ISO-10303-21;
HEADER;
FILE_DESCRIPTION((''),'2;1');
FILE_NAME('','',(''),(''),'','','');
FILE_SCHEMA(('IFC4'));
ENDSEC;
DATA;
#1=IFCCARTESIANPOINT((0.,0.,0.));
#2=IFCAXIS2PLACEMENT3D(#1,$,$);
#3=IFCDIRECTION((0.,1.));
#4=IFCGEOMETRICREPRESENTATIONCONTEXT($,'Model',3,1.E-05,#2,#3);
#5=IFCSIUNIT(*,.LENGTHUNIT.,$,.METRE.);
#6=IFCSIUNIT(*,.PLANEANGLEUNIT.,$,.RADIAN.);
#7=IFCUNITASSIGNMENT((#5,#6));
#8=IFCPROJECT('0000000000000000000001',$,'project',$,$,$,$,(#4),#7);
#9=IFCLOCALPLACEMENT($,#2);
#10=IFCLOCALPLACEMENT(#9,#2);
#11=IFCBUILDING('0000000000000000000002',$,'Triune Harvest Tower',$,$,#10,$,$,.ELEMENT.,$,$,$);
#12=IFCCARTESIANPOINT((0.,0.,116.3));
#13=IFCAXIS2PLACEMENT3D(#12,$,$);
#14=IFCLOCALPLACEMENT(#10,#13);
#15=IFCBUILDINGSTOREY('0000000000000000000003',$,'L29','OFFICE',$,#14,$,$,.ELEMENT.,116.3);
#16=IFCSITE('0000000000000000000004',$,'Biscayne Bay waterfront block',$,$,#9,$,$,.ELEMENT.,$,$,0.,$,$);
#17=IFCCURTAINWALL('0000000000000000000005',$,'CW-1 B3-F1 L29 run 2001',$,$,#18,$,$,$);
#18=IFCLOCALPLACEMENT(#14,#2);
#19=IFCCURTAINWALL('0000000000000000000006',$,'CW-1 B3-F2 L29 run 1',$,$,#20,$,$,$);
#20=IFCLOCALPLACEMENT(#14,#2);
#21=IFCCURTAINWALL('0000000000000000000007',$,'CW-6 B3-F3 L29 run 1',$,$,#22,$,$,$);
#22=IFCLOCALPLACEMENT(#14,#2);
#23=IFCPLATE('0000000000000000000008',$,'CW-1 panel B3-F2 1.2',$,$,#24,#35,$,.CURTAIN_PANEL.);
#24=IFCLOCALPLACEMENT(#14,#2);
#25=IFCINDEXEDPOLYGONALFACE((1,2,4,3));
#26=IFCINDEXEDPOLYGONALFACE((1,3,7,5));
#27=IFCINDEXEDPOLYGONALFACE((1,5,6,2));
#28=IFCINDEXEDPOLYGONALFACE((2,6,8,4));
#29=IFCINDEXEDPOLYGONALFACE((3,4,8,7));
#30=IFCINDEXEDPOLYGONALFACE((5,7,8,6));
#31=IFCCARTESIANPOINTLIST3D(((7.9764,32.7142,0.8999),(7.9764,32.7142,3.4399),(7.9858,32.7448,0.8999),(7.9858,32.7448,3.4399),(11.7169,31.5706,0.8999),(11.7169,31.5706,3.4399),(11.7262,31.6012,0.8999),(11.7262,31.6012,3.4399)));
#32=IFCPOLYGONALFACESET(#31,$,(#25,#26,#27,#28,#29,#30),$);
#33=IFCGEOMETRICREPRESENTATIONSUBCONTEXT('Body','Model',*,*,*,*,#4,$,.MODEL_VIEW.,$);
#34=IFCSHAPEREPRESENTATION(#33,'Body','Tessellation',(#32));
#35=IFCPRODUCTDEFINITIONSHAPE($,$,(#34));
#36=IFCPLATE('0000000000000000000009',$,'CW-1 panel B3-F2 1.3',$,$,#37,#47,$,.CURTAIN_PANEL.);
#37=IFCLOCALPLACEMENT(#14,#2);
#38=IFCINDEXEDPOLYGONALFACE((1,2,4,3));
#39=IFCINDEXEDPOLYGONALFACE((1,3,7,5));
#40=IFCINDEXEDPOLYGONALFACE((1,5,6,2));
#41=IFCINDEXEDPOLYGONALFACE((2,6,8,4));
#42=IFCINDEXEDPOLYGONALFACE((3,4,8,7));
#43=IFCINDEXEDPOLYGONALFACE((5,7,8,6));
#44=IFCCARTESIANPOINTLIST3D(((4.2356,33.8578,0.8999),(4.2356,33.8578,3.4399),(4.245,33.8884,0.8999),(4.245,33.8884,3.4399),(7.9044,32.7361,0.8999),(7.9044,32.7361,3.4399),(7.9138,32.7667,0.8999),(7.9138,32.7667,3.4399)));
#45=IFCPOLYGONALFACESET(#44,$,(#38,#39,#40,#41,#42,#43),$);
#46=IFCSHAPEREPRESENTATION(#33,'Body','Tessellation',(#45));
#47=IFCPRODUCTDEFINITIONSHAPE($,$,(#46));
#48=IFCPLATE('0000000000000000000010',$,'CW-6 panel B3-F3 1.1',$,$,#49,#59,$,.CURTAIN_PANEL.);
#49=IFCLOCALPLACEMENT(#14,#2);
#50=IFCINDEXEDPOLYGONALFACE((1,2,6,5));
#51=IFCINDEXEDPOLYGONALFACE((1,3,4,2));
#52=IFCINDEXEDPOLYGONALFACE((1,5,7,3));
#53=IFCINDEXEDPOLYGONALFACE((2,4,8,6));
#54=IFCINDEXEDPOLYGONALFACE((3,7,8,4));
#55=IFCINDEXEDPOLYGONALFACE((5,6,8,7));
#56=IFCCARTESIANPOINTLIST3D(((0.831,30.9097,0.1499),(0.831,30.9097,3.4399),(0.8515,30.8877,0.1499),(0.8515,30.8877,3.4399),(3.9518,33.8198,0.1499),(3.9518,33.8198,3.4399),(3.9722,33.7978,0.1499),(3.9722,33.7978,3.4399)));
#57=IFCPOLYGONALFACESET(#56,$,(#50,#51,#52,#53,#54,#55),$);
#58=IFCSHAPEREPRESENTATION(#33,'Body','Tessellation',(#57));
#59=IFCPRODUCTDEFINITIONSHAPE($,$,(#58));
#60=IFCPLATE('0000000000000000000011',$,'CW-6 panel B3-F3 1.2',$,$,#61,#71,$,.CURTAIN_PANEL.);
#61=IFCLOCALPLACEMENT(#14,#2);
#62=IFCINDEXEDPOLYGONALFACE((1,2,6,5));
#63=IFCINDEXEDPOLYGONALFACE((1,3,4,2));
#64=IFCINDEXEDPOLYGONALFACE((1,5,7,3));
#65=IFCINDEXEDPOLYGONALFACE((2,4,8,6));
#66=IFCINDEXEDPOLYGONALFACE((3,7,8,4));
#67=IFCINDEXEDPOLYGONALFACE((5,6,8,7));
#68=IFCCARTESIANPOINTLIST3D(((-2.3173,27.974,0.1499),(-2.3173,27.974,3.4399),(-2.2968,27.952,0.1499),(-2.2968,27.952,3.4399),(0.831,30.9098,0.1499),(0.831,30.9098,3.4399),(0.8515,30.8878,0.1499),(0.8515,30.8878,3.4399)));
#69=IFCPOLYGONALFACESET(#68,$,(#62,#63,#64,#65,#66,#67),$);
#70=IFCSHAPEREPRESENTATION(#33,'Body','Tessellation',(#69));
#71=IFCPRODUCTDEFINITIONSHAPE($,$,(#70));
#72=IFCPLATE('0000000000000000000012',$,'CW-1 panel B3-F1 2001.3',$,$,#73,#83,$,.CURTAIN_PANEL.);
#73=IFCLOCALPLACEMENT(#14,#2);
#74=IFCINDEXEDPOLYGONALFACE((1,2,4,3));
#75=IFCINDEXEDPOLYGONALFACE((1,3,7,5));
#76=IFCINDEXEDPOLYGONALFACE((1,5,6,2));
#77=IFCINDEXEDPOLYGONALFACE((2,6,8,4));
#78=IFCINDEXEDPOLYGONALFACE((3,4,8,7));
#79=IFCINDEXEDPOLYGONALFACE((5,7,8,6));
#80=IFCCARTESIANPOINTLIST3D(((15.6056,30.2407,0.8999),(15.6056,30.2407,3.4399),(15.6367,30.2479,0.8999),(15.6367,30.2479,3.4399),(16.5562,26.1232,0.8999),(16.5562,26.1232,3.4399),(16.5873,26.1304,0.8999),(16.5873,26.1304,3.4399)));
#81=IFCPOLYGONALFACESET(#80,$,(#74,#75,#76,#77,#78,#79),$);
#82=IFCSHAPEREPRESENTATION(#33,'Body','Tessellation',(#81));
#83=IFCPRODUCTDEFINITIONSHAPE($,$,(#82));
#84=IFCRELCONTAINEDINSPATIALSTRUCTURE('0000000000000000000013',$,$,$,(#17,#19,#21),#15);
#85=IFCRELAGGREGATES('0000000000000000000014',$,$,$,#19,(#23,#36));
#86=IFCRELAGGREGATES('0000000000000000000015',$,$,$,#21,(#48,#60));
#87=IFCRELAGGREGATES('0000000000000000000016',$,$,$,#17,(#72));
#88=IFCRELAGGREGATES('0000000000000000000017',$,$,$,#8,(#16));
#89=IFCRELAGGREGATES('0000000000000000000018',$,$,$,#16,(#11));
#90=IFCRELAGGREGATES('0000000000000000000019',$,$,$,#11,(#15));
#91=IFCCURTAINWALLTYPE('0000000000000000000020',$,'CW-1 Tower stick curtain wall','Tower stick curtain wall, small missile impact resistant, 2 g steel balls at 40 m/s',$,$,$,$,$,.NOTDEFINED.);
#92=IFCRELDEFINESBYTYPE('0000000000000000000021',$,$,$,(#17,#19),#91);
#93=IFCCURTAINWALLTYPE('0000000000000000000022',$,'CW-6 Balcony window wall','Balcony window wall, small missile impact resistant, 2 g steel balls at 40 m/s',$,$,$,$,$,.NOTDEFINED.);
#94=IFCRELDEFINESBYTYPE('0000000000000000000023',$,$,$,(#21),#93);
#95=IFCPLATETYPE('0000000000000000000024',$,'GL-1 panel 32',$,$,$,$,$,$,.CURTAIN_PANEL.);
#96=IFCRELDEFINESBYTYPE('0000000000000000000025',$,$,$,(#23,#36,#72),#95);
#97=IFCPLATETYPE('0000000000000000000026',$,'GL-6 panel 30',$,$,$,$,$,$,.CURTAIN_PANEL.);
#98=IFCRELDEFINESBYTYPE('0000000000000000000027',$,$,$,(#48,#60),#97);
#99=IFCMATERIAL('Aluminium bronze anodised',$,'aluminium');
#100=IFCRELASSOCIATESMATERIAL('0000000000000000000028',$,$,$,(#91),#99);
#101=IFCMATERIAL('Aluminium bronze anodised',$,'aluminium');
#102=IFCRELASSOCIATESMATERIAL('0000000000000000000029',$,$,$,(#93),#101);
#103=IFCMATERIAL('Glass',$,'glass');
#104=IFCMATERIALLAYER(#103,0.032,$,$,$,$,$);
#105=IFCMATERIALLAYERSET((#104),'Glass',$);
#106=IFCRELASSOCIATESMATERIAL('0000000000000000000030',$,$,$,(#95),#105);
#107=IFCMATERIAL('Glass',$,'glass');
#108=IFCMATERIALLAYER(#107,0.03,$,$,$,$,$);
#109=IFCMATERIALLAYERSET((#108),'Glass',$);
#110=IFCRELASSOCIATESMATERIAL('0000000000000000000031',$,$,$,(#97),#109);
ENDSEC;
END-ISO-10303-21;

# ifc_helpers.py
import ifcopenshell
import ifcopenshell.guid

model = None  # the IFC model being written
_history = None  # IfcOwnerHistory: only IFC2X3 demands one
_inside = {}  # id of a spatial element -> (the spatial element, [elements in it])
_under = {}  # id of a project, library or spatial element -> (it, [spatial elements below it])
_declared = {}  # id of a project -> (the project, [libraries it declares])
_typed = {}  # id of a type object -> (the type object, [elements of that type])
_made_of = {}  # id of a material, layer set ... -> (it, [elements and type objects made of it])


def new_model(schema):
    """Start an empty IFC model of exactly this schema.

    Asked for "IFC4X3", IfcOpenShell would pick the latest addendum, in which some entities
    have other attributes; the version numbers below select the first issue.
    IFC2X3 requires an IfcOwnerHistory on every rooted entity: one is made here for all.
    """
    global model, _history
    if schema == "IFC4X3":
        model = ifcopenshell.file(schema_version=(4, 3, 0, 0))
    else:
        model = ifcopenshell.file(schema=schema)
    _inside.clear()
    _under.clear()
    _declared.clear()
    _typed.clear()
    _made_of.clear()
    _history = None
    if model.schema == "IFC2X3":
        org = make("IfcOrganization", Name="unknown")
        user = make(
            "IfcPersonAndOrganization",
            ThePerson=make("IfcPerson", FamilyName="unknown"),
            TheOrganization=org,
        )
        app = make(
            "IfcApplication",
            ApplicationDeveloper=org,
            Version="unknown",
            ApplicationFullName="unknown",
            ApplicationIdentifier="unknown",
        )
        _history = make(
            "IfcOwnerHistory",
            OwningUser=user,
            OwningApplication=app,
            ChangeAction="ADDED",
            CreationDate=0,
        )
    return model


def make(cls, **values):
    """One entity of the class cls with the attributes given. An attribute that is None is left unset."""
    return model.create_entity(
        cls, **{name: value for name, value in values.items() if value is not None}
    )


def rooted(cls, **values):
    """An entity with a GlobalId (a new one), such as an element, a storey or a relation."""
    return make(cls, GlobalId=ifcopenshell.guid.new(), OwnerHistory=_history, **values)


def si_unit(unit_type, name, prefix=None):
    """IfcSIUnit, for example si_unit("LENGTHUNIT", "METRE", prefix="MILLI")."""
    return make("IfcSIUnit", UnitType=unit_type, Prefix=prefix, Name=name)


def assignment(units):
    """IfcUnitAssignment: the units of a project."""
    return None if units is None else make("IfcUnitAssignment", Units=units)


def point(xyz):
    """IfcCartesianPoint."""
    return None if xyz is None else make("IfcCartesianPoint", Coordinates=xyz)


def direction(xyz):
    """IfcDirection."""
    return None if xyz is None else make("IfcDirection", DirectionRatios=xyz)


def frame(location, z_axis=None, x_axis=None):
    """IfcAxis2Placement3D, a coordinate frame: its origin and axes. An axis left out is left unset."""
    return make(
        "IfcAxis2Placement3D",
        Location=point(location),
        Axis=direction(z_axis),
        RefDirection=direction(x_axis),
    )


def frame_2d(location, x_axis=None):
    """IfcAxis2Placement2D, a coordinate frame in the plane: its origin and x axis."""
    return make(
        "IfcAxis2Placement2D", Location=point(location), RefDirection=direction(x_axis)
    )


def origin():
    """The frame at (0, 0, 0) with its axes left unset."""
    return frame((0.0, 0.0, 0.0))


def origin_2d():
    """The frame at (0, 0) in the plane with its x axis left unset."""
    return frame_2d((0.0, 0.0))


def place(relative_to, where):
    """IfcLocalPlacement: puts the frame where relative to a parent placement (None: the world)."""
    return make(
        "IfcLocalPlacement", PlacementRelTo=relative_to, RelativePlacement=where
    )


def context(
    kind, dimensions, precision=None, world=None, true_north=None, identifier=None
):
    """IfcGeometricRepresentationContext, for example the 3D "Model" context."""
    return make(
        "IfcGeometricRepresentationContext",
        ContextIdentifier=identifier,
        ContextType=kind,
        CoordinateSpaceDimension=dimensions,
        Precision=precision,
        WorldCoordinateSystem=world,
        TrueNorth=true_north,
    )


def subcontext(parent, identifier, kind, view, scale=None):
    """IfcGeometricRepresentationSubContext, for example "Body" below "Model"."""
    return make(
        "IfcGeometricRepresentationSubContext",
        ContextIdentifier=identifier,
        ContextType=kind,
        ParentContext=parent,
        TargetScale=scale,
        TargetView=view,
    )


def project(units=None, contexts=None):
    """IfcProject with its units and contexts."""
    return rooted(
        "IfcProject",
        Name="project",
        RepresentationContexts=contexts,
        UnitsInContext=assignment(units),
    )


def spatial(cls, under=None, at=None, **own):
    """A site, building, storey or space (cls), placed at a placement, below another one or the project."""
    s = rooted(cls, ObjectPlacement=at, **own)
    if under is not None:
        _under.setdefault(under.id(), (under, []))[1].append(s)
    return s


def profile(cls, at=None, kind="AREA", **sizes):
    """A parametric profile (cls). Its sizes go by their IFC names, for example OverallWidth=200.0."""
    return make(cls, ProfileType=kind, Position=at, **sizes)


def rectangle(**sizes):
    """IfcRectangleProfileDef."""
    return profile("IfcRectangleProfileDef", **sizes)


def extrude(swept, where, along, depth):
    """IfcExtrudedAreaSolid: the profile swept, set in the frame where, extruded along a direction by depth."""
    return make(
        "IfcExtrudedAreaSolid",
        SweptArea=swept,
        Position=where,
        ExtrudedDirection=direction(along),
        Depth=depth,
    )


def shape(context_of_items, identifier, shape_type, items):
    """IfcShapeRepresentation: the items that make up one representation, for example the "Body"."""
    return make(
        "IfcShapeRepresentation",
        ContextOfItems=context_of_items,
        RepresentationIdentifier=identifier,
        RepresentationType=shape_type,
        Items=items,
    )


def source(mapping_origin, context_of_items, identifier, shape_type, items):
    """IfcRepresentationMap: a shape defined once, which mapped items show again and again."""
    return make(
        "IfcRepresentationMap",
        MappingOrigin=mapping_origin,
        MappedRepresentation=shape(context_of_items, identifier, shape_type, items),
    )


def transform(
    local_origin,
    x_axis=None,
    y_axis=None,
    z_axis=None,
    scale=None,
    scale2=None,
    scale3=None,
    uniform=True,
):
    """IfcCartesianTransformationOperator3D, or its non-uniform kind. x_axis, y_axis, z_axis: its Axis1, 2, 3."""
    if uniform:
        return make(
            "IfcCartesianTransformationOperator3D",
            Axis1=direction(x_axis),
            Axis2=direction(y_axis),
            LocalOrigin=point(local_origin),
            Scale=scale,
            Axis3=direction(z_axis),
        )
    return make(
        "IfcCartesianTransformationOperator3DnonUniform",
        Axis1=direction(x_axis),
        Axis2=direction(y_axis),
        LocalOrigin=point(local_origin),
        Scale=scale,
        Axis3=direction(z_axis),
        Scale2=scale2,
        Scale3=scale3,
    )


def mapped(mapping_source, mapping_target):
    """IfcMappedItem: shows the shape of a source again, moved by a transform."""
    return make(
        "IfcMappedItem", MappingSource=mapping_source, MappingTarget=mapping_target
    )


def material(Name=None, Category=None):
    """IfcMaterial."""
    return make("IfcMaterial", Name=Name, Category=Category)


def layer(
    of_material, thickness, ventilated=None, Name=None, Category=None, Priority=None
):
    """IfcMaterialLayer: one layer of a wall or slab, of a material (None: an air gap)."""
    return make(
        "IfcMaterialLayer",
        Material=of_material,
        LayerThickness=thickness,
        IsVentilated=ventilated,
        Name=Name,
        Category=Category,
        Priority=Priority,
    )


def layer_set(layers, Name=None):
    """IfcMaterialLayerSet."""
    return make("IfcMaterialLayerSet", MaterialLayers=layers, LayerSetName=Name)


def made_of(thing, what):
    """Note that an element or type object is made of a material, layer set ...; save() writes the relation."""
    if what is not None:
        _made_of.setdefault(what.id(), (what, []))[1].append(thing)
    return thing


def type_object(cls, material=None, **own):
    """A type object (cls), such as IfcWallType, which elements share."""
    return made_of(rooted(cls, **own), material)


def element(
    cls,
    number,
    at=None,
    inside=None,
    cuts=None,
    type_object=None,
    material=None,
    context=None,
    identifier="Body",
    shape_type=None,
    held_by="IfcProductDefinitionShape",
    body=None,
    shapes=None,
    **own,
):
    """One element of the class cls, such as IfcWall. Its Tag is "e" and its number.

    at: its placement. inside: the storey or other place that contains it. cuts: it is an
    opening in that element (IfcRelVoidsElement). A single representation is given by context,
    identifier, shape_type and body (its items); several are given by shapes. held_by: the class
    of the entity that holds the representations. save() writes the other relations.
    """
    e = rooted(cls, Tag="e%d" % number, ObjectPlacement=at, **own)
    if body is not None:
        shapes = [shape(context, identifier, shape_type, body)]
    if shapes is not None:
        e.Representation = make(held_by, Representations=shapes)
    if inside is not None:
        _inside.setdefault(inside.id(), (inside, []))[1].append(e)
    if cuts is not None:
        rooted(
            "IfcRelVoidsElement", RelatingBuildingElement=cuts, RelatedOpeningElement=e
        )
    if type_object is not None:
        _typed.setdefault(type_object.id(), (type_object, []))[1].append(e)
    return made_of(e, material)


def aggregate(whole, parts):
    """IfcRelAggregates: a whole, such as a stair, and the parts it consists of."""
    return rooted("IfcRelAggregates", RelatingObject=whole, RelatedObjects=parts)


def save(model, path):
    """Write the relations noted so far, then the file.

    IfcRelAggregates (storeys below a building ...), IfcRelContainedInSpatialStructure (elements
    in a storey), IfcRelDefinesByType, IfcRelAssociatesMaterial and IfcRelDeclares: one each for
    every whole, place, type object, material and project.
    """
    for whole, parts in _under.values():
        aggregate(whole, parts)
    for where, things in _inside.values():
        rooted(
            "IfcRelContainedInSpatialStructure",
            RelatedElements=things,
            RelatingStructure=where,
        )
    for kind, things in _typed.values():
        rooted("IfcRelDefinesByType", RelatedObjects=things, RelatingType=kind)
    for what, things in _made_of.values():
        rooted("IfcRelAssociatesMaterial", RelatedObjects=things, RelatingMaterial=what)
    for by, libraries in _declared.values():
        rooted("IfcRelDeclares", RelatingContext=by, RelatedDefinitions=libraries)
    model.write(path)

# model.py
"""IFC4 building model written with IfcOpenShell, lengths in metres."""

from ifc_helpers import new_model, si_unit, direction, frame, origin, origin_2d, place, context, subcontext, project, spatial, rectangle, extrude, source, transform, mapped, material, layer, layer_set, type_object, element, aggregate, save


model = new_model("IFC4")

# Units and contexts
model_context = context("Model", 3, precision=1e-05, world=origin(), true_north=direction((0.0, 1.0)))
body_context = subcontext(model_context, "Body", "Model", "MODEL_VIEW")
ifc_project = project(units=[si_unit("LENGTHUNIT", "METRE"), si_unit("PLANEANGLEUNIT", "RADIAN")], contexts=[model_context])

# Site, building, storey
site_placement = place(None, origin())
site = spatial("IfcSite", under=ifc_project, at=site_placement, Name="Biscayne Bay waterfront block", CompositionType="ELEMENT", RefElevation=0.0)
building_placement = place(site_placement, origin())
building = spatial("IfcBuilding", under=site, at=building_placement, Name="Triune Harvest Tower", CompositionType="ELEMENT")
storey_placement = place(building_placement, frame((0.0, 0.0, 116.3)))
storey = spatial("IfcBuildingStorey", under=building, at=storey_placement, Name="L29", Description="OFFICE", CompositionType="ELEMENT", Elevation=116.3)

# Curtain wall
ifc_material_1 = material(Name="Aluminium bronze anodised", Category="aluminium")
curtain_wall_type_1 = type_object("IfcCurtainWallType", Name="CW-1 Tower stick curtain wall", Description="Tower stick curtain wall, small missile impact resistant, 2 g steel balls at 40 m/s", PredefinedType="NOTDEFINED", material=ifc_material_1)
curtain_wall_1_placement = place(storey_placement, origin())
curtain_wall_1 = element("IfcCurtainWall", 1, at=curtain_wall_1_placement, inside=storey, type_object=curtain_wall_type_1, Name="CW-1 B3-F1 L29 run 2001")

# Curtain wall
curtain_wall_2_placement = place(storey_placement, origin())
curtain_wall_2 = element("IfcCurtainWall", 2, at=curtain_wall_2_placement, inside=storey, type_object=curtain_wall_type_1, Name="CW-1 B3-F2 L29 run 1")

# Curtain wall
ifc_material_2 = material(Name="Aluminium bronze anodised", Category="aluminium")
curtain_wall_type_2 = type_object("IfcCurtainWallType", Name="CW-6 Balcony window wall", Description="Balcony window wall, small missile impact resistant, 2 g steel balls at 40 m/s", PredefinedType="NOTDEFINED", material=ifc_material_2)
curtain_wall_3_placement = place(storey_placement, origin())
curtain_wall_3 = element("IfcCurtainWall", 3, at=curtain_wall_3_placement, inside=storey, type_object=curtain_wall_type_2, Name="CW-6 B3-F3 L29 run 1")

# Plates
ifc_material_3 = material(Name="Glass", Category="glass")
ifc_layer_1 = layer(ifc_material_3, 0.032)
ifc_layer_set_1 = layer_set([ifc_layer_1], Name="Glass")
plate_type_1 = type_object("IfcPlateType", Name="GL-1 panel 32", PredefinedType="CURTAIN_PANEL", material=ifc_layer_set_1)
shared_shape_1 = source(origin(), body_context, "Body", "SweptSolid", [
    extrude(rectangle(XDim=3.9114, YDim=0.032, at=origin_2d()), origin(), (0.0, 0.0, 1.0), 2.54),
])
plate_1_placement = place(storey_placement, frame((9.8513, 32.1577, 0.8999), z_axis=(0.0, 0.0, 1.0), x_axis=(-0.956303, 0.292377, 0.0)))
plate_1 = element("IfcPlate", 4, at=plate_1_placement, type_object=plate_type_1, Name="CW-1 panel B3-F2 1.2", PredefinedType="CURTAIN_PANEL", context=body_context, shape_type="MappedRepresentation", body=[
    mapped(shared_shape_1, transform((0.0, 0.0, 0.0), scale=1.0)),
])
shared_shape_2 = source(origin(), body_context, "Body", "SweptSolid", [
    extrude(rectangle(XDim=3.8364, YDim=0.032, at=origin_2d()), origin(), (0.0, 0.0, 1.0), 2.54),
])
plate_2_placement = place(storey_placement, frame((6.0747, 33.3123, 0.8999), z_axis=(0.0, 0.0, 1.0), x_axis=(-0.956303, 0.292377, 0.0)))
plate_2 = element("IfcPlate", 5, at=plate_2_placement, type_object=plate_type_1, Name="CW-1 panel B3-F2 1.3", PredefinedType="CURTAIN_PANEL", context=body_context, shape_type="MappedRepresentation", body=[
    mapped(shared_shape_2, transform((0.0, 0.0, 0.0), scale=1.0)),
])
aggregate(curtain_wall_2, [plate_1, plate_2])
ifc_material_4 = material(Name="Glass", Category="glass")
ifc_layer_2 = layer(ifc_material_4, 0.03)
ifc_layer_set_2 = layer_set([ifc_layer_2], Name="Glass")
plate_type_2 = type_object("IfcPlateType", Name="GL-6 panel 30", PredefinedType="CURTAIN_PANEL", material=ifc_layer_set_2)
shared_shape_3 = source(origin(), body_context, "Body", "SweptSolid", [
    extrude(rectangle(XDim=4.2671, YDim=0.03, at=origin_2d()), origin(), (0.0, 0.0, 1.0), 3.29),
])
plate_3_placement = place(storey_placement, frame((2.4016, 32.3538, 0.1499), z_axis=(0.0, 0.0, 1.0), x_axis=(-0.731355, -0.681997, 0.0)))
plate_3 = element("IfcPlate", 6, at=plate_3_placement, type_object=plate_type_2, Name="CW-6 panel B3-F3 1.1", PredefinedType="CURTAIN_PANEL", context=body_context, shape_type="MappedRepresentation", body=[
    mapped(shared_shape_3, transform((0.0, 0.0, 0.0), scale=1.0)),
])
shared_shape_4 = source(origin(), body_context, "Body", "SweptSolid", [
    extrude(rectangle(XDim=4.3047, YDim=0.03, at=origin_2d()), origin(), (0.0, 0.0, 1.0), 3.29),
])
plate_4_placement = place(storey_placement, frame((-0.7329, 29.4309, 0.1499), z_axis=(0.0, 0.0, 1.0), x_axis=(-0.731355, -0.681997, 0.0)))
plate_4 = element("IfcPlate", 7, at=plate_4_placement, type_object=plate_type_2, Name="CW-6 panel B3-F3 1.2", PredefinedType="CURTAIN_PANEL", context=body_context, shape_type="MappedRepresentation", body=[
    mapped(shared_shape_4, transform((0.0, 0.0, 0.0), scale=1.0)),
])
aggregate(curtain_wall_3, [plate_3, plate_4])
shared_shape_5 = source(origin(), body_context, "Body", "SweptSolid", [
    extrude(rectangle(XDim=4.2258, YDim=0.032, at=origin_2d()), origin(), (0.0, 0.0, 1.0), 2.54),
])
plate_5_placement = place(storey_placement, frame((16.0964, 28.1855, 0.8999), z_axis=(0.0, 0.0, 1.0), x_axis=(-0.224951, 0.97437, 0.0)))
plate_5 = element("IfcPlate", 8, at=plate_5_placement, type_object=plate_type_1, Name="CW-1 panel B3-F1 2001.3", PredefinedType="CURTAIN_PANEL", context=body_context, shape_type="MappedRepresentation", body=[
    mapped(shared_shape_5, transform((0.0, 0.0, 0.0), scale=1.0)),
])
aggregate(curtain_wall_1, [plate_5])

save(model, "model.ifc")
